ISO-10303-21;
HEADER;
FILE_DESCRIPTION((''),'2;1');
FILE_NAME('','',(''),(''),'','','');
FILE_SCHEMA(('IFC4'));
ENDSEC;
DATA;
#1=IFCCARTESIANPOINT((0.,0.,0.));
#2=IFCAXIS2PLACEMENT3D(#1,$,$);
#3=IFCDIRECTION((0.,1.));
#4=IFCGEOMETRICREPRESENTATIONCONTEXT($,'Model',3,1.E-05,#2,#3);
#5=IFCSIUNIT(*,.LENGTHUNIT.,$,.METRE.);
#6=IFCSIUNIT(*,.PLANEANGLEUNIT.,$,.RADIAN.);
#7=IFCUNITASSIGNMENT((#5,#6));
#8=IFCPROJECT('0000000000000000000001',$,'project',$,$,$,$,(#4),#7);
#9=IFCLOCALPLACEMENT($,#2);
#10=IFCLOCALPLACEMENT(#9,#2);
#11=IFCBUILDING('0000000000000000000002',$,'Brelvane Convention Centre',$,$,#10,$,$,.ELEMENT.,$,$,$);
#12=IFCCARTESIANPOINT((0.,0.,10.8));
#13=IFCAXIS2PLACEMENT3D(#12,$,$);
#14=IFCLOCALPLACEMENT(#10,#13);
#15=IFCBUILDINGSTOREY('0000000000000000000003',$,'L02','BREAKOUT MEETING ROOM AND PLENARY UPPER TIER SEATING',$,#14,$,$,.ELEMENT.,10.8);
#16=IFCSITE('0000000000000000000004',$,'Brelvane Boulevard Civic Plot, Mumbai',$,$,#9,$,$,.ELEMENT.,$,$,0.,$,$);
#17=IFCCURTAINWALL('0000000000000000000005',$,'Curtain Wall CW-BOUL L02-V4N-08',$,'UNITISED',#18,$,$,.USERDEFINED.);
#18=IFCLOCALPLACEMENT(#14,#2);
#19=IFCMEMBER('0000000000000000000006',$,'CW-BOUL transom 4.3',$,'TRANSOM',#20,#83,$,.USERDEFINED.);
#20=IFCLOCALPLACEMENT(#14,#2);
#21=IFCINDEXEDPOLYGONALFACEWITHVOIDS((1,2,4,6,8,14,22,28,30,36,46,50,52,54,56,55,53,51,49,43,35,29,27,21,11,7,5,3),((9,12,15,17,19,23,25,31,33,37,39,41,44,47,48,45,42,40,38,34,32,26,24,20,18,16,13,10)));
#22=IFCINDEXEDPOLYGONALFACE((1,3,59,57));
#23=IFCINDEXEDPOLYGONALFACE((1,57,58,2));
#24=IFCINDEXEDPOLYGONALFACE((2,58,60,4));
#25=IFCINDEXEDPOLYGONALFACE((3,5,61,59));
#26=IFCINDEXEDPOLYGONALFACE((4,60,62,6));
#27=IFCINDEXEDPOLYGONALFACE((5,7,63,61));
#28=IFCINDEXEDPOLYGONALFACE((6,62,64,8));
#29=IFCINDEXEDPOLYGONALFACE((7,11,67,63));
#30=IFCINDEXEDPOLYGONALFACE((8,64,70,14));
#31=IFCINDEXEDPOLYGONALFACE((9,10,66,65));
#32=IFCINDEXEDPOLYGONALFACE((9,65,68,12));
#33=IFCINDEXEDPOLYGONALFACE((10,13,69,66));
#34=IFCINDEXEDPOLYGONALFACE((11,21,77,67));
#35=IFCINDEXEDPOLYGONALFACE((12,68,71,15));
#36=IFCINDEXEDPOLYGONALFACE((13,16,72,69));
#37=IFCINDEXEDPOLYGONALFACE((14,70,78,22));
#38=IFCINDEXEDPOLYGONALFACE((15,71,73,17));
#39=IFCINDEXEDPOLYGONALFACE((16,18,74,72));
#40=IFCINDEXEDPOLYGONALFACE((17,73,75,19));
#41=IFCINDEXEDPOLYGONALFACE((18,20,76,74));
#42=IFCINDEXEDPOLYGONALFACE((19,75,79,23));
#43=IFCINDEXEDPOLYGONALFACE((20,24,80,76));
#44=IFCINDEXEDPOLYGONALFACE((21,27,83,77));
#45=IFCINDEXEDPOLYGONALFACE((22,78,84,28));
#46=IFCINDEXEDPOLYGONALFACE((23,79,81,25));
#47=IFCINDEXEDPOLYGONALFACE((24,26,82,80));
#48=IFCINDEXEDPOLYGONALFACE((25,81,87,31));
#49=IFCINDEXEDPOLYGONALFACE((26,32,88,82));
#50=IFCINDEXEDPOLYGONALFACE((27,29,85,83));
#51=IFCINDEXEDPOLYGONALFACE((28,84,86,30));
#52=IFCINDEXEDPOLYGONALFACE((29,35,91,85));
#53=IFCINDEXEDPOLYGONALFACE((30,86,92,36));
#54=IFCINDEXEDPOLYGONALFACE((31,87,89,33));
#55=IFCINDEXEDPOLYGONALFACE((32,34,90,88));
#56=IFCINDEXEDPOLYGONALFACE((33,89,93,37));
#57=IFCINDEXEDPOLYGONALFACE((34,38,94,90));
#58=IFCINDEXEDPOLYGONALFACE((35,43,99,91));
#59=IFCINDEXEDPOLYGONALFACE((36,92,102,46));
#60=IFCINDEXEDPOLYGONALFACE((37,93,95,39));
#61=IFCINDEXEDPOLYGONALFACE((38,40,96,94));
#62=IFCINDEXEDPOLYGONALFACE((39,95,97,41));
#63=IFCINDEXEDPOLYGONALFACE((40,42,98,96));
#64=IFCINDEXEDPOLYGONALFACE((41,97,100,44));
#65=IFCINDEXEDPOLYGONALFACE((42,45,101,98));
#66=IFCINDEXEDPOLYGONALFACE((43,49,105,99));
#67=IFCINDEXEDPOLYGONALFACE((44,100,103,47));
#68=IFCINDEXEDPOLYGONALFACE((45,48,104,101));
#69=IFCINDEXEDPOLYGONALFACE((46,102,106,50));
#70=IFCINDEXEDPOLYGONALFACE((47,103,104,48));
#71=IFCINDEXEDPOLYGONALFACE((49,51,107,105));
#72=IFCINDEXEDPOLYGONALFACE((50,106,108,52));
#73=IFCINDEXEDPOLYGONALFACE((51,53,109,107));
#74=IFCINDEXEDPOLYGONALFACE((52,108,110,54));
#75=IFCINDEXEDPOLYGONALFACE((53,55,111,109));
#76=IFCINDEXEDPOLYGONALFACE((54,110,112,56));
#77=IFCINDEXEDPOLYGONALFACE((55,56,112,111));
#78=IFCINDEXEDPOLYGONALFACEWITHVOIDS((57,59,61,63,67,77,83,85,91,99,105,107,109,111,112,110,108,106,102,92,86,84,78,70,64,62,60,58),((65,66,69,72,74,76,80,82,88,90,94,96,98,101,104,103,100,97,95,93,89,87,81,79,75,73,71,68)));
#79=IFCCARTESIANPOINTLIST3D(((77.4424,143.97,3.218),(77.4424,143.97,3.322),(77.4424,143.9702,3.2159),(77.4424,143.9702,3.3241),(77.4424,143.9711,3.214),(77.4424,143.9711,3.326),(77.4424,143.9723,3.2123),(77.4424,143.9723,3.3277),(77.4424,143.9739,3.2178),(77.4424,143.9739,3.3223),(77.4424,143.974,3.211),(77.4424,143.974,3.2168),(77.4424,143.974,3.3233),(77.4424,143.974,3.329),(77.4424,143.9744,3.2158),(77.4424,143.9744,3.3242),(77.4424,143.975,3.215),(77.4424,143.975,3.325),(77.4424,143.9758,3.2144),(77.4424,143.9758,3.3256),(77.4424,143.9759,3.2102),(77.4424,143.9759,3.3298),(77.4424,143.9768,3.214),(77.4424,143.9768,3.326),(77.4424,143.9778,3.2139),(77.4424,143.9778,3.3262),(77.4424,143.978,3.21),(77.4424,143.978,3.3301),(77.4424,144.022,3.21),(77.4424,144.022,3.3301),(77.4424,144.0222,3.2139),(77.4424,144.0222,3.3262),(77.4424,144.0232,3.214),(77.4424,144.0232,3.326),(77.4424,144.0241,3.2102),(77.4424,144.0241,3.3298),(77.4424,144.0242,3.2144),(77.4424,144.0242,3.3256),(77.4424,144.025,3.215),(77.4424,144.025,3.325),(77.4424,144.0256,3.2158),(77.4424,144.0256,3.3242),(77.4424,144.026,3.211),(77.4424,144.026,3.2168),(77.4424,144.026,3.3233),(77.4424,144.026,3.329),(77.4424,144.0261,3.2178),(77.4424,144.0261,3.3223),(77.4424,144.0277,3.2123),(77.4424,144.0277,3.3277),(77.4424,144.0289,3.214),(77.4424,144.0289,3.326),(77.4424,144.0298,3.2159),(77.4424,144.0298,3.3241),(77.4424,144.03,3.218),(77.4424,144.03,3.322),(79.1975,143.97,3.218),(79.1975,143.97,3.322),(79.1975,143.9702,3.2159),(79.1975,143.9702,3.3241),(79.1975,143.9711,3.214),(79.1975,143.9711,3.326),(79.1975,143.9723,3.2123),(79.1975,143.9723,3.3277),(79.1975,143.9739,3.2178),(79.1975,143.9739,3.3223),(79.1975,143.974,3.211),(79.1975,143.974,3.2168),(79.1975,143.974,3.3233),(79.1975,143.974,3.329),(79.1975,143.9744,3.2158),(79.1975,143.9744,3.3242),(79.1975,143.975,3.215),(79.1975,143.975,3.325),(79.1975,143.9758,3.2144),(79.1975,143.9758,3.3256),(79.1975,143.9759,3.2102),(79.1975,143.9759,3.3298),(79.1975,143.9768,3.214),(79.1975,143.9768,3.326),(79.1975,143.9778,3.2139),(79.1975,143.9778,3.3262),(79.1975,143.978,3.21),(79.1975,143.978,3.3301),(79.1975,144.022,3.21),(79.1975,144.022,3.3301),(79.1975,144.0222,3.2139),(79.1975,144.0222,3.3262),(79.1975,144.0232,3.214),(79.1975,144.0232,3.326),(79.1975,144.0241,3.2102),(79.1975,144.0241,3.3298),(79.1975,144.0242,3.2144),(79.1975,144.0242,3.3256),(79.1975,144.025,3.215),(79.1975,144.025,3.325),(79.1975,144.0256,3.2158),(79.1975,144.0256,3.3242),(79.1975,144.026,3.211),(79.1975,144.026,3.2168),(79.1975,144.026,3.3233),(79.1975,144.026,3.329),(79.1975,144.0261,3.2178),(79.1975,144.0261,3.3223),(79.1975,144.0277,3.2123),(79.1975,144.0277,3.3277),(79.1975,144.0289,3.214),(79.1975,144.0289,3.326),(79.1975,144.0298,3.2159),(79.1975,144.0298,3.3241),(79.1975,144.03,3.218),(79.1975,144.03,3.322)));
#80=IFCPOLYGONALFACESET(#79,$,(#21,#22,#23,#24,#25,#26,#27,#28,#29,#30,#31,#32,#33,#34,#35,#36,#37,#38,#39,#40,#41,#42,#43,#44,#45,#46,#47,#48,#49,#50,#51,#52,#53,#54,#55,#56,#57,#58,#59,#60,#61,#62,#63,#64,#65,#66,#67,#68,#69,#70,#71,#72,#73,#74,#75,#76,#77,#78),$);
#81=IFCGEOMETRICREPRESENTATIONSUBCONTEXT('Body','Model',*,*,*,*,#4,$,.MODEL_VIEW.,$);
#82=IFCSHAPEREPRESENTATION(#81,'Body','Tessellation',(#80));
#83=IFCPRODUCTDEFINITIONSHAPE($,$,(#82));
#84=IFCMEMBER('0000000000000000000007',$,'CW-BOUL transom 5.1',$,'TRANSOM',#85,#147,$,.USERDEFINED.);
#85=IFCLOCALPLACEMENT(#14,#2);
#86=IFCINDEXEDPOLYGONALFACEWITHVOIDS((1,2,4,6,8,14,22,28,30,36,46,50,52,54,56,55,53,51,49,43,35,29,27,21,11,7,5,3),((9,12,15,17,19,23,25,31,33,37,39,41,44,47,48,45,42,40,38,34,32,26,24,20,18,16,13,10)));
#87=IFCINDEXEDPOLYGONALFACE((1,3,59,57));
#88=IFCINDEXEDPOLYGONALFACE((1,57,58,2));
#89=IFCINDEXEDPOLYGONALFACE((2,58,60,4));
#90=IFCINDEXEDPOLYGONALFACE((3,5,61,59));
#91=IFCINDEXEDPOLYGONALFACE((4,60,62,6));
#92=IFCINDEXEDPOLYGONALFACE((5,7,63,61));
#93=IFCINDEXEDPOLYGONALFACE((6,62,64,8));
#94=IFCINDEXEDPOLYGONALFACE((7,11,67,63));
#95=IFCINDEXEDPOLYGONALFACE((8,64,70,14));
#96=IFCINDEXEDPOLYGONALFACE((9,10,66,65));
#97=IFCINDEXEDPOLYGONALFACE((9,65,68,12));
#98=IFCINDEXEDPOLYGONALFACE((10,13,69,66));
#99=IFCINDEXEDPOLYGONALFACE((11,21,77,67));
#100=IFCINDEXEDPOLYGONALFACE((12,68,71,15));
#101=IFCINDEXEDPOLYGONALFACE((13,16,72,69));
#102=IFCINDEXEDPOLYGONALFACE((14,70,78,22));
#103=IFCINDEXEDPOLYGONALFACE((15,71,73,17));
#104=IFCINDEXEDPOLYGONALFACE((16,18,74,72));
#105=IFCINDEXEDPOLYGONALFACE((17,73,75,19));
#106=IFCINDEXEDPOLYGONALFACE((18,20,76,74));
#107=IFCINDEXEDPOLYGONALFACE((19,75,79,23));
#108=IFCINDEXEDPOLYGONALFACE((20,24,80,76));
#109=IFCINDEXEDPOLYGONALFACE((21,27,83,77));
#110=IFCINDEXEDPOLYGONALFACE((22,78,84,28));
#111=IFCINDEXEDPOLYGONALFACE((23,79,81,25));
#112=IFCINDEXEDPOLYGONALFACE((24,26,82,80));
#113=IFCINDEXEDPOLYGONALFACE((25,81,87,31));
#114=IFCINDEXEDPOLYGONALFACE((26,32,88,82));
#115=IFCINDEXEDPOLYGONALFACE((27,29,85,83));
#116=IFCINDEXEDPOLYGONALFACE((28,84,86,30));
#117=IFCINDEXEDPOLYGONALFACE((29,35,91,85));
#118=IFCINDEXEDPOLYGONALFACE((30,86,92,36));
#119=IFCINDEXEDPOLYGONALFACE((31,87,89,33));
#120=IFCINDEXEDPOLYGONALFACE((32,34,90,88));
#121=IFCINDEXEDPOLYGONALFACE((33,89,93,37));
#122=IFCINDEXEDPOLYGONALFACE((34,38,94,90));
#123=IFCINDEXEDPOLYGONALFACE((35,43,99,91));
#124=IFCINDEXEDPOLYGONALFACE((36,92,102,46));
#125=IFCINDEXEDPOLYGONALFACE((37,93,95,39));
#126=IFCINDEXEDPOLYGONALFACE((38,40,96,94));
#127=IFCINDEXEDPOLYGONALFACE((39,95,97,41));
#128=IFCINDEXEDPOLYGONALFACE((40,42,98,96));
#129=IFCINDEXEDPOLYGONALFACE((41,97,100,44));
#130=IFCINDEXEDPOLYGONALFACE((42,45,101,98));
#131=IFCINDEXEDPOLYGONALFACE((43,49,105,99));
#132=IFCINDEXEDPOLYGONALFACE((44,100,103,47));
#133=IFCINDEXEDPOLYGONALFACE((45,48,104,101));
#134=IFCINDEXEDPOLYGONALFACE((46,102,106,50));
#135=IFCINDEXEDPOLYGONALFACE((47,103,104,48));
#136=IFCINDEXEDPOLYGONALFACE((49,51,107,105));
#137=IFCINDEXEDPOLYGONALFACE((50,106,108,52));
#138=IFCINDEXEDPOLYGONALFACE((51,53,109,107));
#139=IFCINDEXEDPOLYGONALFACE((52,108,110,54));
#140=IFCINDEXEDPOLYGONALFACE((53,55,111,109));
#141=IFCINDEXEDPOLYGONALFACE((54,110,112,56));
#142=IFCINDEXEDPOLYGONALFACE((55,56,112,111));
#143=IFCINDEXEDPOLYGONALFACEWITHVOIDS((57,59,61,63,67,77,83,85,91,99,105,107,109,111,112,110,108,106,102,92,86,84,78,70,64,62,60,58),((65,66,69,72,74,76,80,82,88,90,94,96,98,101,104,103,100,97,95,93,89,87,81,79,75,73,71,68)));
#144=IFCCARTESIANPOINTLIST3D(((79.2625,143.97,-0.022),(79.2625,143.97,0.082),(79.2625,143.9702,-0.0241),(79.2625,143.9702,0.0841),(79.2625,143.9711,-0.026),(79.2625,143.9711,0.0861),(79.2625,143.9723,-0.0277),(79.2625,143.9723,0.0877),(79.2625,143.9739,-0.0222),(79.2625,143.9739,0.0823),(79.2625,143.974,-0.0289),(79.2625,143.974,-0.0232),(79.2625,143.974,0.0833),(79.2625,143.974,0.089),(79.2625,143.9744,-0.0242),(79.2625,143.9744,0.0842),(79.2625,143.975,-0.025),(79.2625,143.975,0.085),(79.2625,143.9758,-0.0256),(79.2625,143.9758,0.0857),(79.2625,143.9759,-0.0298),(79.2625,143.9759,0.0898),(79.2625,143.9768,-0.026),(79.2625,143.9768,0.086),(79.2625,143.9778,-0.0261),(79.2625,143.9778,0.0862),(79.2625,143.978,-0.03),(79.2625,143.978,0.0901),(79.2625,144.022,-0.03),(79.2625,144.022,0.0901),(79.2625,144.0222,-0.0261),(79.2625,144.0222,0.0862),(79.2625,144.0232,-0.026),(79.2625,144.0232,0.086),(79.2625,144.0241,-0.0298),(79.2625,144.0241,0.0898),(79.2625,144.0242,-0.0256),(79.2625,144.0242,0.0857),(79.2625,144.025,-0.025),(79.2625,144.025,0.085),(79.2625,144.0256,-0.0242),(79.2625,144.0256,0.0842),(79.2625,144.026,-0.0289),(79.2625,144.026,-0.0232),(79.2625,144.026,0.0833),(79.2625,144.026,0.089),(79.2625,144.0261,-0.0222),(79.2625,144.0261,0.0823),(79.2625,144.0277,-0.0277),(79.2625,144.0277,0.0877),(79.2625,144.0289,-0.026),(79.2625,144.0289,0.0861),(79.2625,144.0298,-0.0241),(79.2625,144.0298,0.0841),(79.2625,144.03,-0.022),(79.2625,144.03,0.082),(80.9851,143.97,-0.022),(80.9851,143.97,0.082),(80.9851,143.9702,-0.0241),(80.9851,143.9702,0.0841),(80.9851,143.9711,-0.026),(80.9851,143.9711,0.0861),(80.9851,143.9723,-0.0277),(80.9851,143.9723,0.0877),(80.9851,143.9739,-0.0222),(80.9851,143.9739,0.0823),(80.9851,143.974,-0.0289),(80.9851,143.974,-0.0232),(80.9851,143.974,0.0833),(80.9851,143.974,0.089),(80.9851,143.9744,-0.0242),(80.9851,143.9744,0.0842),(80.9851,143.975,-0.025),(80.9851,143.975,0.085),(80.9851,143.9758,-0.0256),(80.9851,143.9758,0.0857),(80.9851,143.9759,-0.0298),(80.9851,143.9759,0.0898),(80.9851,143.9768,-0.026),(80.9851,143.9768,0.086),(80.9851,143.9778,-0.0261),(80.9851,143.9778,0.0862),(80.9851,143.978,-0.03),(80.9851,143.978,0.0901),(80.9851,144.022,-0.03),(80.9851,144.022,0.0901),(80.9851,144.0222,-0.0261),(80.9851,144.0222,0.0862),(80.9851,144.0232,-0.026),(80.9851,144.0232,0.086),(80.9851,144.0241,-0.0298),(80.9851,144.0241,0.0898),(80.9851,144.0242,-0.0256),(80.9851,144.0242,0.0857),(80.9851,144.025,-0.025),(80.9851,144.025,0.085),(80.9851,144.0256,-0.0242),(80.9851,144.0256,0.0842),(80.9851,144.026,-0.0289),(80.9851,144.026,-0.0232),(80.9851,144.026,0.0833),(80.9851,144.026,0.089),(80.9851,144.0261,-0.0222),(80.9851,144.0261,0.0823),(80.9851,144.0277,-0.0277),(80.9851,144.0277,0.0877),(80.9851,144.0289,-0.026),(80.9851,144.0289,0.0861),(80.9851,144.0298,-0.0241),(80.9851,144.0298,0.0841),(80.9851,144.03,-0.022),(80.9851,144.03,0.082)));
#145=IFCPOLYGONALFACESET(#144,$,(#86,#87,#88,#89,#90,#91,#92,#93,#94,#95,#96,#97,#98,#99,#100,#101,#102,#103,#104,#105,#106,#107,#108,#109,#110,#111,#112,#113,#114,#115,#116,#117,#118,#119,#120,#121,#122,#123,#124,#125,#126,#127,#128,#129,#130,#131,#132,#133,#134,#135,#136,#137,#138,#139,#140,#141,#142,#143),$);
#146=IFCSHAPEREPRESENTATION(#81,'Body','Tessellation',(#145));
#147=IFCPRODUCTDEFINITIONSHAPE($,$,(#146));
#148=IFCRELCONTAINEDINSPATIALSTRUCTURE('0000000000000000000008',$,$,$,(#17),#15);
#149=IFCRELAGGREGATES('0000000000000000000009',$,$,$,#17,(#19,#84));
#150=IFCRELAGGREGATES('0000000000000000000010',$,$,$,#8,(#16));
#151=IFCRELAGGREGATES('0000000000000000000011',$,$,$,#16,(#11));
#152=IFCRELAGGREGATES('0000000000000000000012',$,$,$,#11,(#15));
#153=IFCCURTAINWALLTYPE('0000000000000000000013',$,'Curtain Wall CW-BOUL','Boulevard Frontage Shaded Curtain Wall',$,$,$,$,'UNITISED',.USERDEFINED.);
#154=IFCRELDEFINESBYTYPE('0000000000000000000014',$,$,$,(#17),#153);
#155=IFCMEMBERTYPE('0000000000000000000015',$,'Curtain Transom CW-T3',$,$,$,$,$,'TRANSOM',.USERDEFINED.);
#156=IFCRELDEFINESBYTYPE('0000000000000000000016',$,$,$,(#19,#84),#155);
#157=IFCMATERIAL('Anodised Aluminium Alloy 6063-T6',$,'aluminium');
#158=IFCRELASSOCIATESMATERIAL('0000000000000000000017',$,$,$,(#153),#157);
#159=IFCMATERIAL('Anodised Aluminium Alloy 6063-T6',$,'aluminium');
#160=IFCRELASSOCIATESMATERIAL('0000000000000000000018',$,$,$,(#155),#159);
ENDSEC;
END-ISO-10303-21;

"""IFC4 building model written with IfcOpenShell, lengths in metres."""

from ifc_helpers import new_model, si_unit, direction, frame, origin, origin_2d, place, context, subcontext, project, spatial, hollow_rectangle, extrude, material, material_profile, profile_set, type_object, element, aggregate, save


model = new_model("IFC4")

# Units and contexts
model_context = context("Model", 3, precision=1e-05, world=origin(), true_north=direction((0.0, 1.0)))
body_context = subcontext(model_context, "Body", "Model", "MODEL_VIEW")
ifc_project = project(units=[si_unit("LENGTHUNIT", "METRE"), si_unit("PLANEANGLEUNIT", "RADIAN")], contexts=[model_context])

# Site, building, storey
site_placement = place(None, origin())
site = spatial("IfcSite", under=ifc_project, at=site_placement, Name="Brelvane Boulevard Civic Plot, Mumbai", CompositionType="ELEMENT", RefElevation=0.0)
building_placement = place(site_placement, origin())
building = spatial("IfcBuilding", under=site, at=building_placement, Name="Brelvane Convention Centre", CompositionType="ELEMENT")
storey_placement = place(building_placement, frame((0.0, 0.0, 10.8)))
storey = spatial("IfcBuildingStorey", under=building, at=storey_placement, Name="L02", Description="BREAKOUT MEETING ROOM AND PLENARY UPPER TIER SEATING", CompositionType="ELEMENT", Elevation=10.8)

# Curtain wall, members
ifc_material_1 = material(Name="Anodised Aluminium Alloy 6063-T6", Category="aluminium")
curtain_wall_type = type_object("IfcCurtainWallType", Name="Curtain Wall CW-BOUL", Description="Boulevard Frontage Shaded Curtain Wall", ElementType="UNITISED", PredefinedType="USERDEFINED", material=ifc_material_1)
curtain_wall_placement = place(storey_placement, origin())
curtain_wall = element("IfcCurtainWall", 1, at=curtain_wall_placement, inside=storey, type_object=curtain_wall_type, Name="Curtain Wall CW-BOUL L02-V4N-08", ObjectType="UNITISED", PredefinedType="USERDEFINED")
ifc_material_2 = material(Name="Anodised Aluminium Alloy 6063-T6", Category="aluminium")
ifc_material_profile_1 = material_profile(ifc_material_2, hollow_rectangle(XDim=0.0601, YDim=0.1201, WallThickness=0.0039, InnerFilletRadius=0.0039, OuterFilletRadius=0.0081, at=origin_2d()), Name="ALU-T 120x60x4.0")
ifc_profile_set_1 = profile_set([ifc_material_profile_1], Name="Anodised Aluminium Alloy 6063-T6")
member_type_1 = type_object("IfcMemberType", Name="Curtain Transom CW-T3", ElementType="TRANSOM", PredefinedType="USERDEFINED", material=ifc_profile_set_1)
member_1_placement = place(storey_placement, frame((77.4424, 144.0, 3.27), z_axis=(1.0, 0.0, 0.0), x_axis=(0.0, 1.0, 0.0)))
member_1 = element("IfcMember", 2, at=member_1_placement, type_object=member_type_1, Name="CW-BOUL transom 4.3", ObjectType="TRANSOM", PredefinedType="USERDEFINED", context=body_context, shape_type="SweptSolid", body=[
    extrude(hollow_rectangle(XDim=0.0601, YDim=0.1201, WallThickness=0.0039, InnerFilletRadius=0.0039, OuterFilletRadius=0.0081, at=origin_2d()), origin(), (0.0, 0.0, 1.0), 1.7551),
])
member_2_placement = place(storey_placement, frame((79.2625, 144.0, 0.03), z_axis=(1.0, 0.0, 0.0), x_axis=(0.0, 1.0, 0.0)))
member_2 = element("IfcMember", 3, at=member_2_placement, type_object=member_type_1, Name="CW-BOUL transom 5.1", ObjectType="TRANSOM", PredefinedType="USERDEFINED", context=body_context, shape_type="SweptSolid", body=[
    extrude(hollow_rectangle(XDim=0.0601, YDim=0.1201, WallThickness=0.0039, InnerFilletRadius=0.0039, OuterFilletRadius=0.0081, at=origin_2d()), origin(), (0.0, 0.0, 1.0), 1.7227),
])

aggregate(curtain_wall, [member_1, member_2])

save(model, "model.ifc")
